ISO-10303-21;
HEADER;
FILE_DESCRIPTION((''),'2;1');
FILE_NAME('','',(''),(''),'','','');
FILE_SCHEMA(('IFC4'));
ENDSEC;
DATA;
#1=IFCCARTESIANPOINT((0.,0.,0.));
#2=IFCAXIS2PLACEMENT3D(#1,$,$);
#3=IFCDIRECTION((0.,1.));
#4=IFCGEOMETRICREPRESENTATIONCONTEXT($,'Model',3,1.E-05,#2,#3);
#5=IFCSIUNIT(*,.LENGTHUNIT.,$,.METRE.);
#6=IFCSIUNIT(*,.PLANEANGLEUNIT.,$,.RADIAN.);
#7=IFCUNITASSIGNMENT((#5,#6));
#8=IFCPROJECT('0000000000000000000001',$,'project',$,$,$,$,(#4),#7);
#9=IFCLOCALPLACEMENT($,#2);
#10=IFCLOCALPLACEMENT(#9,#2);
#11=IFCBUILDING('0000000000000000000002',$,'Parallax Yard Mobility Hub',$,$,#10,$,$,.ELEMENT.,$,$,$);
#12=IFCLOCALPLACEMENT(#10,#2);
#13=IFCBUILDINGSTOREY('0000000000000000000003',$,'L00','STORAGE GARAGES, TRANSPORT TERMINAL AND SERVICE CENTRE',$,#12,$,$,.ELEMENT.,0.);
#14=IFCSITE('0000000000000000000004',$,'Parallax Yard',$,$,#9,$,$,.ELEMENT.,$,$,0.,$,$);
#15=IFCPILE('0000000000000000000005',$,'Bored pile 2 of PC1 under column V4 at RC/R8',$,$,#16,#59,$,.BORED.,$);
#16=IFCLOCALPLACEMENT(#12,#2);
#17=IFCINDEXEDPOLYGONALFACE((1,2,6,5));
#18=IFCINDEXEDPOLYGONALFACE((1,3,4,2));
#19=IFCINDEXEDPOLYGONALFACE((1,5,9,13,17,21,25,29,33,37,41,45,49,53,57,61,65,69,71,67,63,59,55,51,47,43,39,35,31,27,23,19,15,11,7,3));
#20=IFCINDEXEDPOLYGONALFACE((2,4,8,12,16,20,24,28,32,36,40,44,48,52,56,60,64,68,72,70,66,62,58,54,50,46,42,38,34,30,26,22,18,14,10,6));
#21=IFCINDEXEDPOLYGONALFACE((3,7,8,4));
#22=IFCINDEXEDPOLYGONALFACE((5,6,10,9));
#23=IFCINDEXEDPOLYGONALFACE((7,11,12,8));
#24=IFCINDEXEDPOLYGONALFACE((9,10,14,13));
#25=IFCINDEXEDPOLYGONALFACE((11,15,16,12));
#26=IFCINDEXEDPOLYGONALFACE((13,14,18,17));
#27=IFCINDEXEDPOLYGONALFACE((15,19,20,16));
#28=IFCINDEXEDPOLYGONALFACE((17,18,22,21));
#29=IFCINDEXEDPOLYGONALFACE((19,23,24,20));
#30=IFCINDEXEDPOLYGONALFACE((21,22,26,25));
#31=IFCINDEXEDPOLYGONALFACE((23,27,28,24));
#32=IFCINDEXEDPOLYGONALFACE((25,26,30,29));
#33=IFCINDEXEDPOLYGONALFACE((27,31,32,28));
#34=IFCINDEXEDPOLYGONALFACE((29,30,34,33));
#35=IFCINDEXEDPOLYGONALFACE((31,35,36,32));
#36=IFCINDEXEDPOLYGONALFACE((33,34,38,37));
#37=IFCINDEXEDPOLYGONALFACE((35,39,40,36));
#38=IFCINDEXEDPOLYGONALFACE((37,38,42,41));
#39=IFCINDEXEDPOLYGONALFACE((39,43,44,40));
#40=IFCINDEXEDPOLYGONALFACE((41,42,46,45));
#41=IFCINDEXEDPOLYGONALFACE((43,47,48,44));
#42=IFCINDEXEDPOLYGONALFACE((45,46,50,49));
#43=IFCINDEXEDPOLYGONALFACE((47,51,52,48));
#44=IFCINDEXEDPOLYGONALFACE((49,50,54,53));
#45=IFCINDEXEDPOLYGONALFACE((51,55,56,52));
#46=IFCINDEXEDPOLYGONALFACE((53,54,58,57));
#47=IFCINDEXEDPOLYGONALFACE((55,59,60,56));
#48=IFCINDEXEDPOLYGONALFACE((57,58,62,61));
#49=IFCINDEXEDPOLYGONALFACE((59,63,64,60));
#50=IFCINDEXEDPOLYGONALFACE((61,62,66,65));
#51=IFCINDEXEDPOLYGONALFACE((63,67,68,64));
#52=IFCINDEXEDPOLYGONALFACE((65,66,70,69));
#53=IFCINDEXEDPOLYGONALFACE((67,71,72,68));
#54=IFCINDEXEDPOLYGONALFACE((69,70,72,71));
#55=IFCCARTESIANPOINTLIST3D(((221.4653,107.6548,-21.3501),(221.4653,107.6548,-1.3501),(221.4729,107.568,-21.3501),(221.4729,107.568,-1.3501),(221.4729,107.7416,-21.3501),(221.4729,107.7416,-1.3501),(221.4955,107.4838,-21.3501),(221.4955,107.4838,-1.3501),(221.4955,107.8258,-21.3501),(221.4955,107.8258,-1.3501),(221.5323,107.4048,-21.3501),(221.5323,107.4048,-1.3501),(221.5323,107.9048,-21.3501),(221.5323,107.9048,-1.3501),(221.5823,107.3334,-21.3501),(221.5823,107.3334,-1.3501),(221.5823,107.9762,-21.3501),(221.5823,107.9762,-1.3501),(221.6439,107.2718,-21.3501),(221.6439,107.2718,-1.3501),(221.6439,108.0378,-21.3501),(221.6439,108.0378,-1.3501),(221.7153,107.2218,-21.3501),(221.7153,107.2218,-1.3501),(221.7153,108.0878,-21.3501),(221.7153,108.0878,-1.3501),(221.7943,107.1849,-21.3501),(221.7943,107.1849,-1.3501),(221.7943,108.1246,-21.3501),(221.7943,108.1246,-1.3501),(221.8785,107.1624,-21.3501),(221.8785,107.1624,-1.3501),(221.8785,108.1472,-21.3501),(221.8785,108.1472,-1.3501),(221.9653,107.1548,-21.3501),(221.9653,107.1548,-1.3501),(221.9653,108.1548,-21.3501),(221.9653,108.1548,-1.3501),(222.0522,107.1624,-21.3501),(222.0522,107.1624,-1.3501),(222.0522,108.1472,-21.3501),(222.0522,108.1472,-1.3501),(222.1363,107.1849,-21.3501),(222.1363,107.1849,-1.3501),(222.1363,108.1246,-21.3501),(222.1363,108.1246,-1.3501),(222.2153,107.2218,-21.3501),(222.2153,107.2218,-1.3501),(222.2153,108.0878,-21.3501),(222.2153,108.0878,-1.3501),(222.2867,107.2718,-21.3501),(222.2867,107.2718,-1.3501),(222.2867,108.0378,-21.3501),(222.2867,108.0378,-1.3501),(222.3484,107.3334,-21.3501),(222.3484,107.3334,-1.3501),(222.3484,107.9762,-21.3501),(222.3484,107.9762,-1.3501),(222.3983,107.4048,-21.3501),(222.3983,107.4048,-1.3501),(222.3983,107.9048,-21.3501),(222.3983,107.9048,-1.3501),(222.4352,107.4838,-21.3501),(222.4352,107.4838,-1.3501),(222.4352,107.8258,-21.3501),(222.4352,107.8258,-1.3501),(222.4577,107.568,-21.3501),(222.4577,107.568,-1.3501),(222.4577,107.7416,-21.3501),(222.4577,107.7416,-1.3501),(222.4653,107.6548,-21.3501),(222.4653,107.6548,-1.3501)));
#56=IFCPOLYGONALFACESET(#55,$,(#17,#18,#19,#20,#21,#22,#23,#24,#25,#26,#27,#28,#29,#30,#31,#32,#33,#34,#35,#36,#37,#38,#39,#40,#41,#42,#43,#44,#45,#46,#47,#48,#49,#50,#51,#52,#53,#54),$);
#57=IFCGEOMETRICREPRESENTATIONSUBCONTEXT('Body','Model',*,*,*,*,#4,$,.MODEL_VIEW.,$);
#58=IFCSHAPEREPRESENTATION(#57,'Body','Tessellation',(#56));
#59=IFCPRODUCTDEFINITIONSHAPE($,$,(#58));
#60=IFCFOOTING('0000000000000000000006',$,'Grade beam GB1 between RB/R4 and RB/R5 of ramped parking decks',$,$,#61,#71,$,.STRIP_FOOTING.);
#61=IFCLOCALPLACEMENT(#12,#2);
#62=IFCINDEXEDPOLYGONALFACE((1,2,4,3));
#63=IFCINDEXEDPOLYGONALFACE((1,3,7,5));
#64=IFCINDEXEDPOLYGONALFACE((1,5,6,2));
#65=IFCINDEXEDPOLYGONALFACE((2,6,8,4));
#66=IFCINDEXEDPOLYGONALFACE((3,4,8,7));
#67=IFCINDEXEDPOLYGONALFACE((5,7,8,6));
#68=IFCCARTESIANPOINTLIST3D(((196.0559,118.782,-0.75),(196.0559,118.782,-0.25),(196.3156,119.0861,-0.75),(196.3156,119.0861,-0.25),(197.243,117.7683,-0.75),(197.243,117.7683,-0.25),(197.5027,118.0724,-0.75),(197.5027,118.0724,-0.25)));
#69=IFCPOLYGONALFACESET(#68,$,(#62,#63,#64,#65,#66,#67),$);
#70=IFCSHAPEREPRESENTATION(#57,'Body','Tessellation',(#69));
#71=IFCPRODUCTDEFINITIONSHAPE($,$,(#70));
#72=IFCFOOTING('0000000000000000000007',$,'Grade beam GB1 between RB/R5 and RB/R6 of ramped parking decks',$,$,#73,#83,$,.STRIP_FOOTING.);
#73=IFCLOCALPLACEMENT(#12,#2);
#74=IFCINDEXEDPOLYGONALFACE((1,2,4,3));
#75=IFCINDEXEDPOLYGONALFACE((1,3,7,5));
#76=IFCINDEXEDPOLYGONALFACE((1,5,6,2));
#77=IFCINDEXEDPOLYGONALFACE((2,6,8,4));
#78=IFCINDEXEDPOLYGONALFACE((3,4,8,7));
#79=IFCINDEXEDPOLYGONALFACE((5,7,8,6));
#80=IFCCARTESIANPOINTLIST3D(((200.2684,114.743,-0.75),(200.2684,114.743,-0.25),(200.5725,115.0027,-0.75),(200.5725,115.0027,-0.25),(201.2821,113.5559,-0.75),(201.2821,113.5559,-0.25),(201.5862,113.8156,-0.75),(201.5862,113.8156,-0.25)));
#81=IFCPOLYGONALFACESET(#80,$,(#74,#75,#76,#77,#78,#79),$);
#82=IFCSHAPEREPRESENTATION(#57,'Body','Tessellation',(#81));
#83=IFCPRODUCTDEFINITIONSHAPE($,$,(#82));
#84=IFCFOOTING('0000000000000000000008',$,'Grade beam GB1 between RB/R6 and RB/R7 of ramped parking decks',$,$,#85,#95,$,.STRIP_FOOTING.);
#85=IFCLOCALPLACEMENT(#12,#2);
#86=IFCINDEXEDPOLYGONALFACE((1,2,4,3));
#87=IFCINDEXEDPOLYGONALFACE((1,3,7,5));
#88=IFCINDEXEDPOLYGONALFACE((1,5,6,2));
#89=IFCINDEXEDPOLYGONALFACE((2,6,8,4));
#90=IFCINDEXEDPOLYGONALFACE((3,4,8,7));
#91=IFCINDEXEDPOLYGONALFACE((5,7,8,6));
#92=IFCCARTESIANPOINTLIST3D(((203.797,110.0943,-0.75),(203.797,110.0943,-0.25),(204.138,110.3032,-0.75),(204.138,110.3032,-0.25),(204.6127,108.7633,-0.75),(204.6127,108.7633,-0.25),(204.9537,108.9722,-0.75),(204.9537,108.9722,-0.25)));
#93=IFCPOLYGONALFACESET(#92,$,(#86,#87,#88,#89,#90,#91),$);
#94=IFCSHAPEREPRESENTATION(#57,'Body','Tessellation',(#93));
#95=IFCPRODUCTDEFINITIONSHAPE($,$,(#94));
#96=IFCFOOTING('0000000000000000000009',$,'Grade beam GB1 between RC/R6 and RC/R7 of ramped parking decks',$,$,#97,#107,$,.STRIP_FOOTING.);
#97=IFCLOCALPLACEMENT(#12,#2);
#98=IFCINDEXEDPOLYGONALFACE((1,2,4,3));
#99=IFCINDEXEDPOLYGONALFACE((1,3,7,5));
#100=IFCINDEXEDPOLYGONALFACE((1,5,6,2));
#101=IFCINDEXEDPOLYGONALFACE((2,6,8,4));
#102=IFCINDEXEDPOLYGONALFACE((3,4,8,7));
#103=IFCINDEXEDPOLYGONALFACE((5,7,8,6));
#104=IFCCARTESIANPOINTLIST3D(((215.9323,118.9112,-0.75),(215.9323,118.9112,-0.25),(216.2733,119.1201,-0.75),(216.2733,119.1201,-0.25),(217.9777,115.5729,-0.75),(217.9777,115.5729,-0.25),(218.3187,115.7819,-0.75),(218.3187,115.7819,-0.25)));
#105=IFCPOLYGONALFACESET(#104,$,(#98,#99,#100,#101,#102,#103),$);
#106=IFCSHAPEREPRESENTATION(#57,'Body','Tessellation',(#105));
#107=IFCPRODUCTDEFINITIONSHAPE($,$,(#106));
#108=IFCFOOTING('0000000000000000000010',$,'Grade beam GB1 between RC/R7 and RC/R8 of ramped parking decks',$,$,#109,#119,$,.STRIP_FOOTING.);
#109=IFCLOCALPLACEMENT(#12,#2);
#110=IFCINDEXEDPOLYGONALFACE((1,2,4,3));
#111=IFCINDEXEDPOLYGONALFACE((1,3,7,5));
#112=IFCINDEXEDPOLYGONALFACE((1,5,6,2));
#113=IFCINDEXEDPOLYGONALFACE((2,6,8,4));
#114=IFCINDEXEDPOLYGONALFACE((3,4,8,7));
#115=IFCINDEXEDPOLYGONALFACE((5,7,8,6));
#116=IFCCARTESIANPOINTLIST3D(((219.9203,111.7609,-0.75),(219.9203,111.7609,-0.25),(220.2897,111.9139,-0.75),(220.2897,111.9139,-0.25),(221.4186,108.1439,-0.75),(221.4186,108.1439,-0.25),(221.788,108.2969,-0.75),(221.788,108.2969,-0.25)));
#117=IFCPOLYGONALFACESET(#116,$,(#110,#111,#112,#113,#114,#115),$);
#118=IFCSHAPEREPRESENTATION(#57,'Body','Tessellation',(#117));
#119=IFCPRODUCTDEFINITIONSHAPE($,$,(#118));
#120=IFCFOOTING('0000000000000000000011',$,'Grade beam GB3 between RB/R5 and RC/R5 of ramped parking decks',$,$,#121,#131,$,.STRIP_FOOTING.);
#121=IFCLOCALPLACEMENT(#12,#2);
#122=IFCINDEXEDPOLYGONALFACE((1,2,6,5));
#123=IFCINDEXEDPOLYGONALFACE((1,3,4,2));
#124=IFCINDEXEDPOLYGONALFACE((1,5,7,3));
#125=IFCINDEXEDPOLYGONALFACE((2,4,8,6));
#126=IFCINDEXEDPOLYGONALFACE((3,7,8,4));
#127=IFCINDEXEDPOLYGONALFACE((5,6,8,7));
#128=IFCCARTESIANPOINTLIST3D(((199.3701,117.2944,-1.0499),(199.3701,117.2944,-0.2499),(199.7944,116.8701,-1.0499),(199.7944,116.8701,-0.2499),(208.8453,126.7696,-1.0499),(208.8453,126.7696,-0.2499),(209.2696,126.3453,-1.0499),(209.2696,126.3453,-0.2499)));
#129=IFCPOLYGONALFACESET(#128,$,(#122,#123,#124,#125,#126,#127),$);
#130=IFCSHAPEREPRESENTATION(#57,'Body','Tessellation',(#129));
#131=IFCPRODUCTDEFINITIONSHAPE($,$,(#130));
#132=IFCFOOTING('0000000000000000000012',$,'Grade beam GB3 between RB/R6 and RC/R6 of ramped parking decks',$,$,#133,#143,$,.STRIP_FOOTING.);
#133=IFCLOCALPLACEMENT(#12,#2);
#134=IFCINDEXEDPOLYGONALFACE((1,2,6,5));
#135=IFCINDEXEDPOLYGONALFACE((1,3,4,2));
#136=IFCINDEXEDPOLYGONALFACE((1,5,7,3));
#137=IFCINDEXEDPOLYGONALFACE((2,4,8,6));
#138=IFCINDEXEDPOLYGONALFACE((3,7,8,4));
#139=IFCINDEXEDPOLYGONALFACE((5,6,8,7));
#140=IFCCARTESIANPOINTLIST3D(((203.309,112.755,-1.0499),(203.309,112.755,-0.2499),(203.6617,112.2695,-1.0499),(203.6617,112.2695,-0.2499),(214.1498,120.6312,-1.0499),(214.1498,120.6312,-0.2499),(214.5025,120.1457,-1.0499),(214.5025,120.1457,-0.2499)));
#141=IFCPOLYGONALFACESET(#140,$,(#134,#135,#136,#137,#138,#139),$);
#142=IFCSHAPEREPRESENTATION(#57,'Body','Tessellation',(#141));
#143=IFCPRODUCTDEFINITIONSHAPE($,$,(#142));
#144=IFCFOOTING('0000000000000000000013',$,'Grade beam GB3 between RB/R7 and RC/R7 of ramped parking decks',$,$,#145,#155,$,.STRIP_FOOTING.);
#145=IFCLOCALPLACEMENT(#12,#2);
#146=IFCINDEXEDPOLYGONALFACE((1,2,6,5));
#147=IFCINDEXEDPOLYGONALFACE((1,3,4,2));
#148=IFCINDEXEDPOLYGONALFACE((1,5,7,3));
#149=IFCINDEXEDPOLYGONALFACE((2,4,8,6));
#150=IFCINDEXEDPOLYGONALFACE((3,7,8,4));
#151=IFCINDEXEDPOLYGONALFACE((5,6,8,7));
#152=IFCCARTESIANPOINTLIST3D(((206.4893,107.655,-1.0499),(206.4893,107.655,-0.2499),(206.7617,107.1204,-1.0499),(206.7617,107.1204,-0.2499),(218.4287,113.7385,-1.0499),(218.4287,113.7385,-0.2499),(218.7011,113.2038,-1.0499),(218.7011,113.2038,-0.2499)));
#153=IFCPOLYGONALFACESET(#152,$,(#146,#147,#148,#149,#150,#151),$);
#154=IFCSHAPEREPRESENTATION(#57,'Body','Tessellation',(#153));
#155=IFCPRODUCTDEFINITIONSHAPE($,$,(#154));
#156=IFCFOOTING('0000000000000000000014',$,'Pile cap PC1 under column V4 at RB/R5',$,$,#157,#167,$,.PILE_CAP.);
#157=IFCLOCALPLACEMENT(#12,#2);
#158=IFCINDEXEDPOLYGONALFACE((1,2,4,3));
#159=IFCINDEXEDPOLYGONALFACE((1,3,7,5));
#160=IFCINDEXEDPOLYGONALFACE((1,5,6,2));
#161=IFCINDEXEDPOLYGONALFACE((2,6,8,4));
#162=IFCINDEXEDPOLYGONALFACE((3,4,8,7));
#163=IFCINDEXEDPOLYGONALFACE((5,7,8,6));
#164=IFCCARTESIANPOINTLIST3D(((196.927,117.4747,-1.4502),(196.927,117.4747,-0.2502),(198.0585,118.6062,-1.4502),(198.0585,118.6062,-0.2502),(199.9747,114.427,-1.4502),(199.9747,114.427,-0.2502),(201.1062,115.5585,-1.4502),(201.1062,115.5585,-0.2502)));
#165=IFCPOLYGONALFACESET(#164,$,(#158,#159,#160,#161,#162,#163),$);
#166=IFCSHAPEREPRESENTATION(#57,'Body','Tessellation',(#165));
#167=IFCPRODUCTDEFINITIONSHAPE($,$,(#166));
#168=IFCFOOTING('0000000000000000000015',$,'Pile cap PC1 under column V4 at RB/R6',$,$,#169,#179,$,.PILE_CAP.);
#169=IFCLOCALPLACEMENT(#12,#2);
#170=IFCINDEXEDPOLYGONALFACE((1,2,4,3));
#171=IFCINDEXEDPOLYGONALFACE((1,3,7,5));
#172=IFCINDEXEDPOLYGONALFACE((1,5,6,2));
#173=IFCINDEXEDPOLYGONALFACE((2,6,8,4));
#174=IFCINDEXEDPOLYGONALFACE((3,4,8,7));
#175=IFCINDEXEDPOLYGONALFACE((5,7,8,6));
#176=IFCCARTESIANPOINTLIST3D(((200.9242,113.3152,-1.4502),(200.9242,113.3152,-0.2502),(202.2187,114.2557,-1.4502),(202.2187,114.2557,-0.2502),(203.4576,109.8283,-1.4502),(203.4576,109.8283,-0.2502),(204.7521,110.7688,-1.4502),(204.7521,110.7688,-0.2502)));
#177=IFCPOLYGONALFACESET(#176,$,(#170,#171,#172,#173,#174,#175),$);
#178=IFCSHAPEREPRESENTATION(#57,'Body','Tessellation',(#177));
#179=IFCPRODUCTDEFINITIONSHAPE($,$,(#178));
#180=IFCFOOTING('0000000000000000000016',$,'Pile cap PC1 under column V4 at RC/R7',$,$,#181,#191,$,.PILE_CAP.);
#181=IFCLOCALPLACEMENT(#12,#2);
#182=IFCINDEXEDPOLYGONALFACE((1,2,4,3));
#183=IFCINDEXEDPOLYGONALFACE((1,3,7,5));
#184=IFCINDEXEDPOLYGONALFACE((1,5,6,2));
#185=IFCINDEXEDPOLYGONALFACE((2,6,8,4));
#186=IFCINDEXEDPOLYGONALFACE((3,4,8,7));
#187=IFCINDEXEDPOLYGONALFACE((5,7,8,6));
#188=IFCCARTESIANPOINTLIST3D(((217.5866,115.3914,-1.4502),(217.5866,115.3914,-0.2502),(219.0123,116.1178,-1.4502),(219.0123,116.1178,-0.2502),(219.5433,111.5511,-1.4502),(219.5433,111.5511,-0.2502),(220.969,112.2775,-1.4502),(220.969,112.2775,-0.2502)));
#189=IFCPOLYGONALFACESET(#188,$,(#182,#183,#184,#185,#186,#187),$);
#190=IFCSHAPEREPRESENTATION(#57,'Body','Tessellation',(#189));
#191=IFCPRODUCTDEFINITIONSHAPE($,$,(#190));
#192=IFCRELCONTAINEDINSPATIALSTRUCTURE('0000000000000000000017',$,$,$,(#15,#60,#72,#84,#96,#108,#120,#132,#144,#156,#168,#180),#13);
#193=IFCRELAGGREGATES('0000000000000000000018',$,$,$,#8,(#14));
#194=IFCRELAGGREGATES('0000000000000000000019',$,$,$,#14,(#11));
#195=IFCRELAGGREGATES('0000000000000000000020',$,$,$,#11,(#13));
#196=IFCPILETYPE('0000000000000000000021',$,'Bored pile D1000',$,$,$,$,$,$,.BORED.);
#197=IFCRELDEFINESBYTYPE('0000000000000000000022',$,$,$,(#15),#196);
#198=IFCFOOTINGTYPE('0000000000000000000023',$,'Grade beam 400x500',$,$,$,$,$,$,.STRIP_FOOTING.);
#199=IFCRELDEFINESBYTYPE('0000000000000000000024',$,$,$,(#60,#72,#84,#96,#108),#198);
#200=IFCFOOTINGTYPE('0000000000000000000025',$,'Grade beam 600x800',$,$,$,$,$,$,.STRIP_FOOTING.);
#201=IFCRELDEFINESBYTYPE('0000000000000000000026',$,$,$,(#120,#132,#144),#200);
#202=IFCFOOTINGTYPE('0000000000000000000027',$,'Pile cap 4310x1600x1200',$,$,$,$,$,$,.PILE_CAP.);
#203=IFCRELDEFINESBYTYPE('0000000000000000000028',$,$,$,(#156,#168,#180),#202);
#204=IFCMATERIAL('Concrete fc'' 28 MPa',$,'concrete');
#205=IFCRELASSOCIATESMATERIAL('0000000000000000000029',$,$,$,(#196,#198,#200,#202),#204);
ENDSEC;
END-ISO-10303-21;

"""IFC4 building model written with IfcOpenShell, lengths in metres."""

from ifc_helpers import new_model, si_unit, direction, frame, origin, origin_2d, place, context, subcontext, project, spatial, rectangle, circle, extrude, material, material_profile, profile_set, type_object, element, save


model = new_model("IFC4")

# Units and contexts
model_context = context("Model", 3, precision=1e-05, world=origin(), true_north=direction((0.0, 1.0)))
body_context = subcontext(model_context, "Body", "Model", "MODEL_VIEW")
ifc_project = project(units=[si_unit("LENGTHUNIT", "METRE"), si_unit("PLANEANGLEUNIT", "RADIAN")], contexts=[model_context])

# Site, building, storey
site_placement = place(None, origin())
site = spatial("IfcSite", under=ifc_project, at=site_placement, Name="Parallax Yard", CompositionType="ELEMENT", RefElevation=0.0)
building_placement = place(site_placement, origin())
building = spatial("IfcBuilding", under=site, at=building_placement, Name="Parallax Yard Mobility Hub", CompositionType="ELEMENT")
storey_placement = place(building_placement, origin())
storey = spatial("IfcBuildingStorey", under=building, at=storey_placement, Name="L00", Description="STORAGE GARAGES, TRANSPORT TERMINAL AND SERVICE CENTRE", CompositionType="ELEMENT", Elevation=0.0)

# Pile
ifc_material_1 = material(Name="Concrete fc' 28 MPa", Category="concrete")
ifc_material_profile_1 = material_profile(ifc_material_1, circle(Radius=0.5, at=origin_2d()), Name="Bored pile D1000")
ifc_profile_set_1 = profile_set([ifc_material_profile_1], Name="Concrete fc' 28 MPa")
pile_type = type_object("IfcPileType", Name="Bored pile D1000", PredefinedType="BORED", material=ifc_profile_set_1)
for number, where, z_axis, x_axis, name in (
    (1, (221.9653, 107.6548, -1.3501), (0.0, 0.0, -1.0), (1.0, 0.0, 0.0), "Bored pile 2 of PC1 under column V4 at RC/R8"),
):
    element("IfcPile", number, at=place(storey_placement, frame(where, z_axis=z_axis, x_axis=x_axis)), inside=storey, type_object=pile_type, Name=name, PredefinedType="BORED", context=body_context, shape_type="SweptSolid", body=[
        extrude(circle(Radius=0.5, at=origin_2d()), origin(), (0.0, 0.0, 1.0), 20.0),
    ])

# Footings
ifc_material_profile_2 = material_profile(ifc_material_1, rectangle(XDim=0.3999, YDim=0.5, at=origin_2d()), Name="Grade beam 400x500")
ifc_profile_set_2 = profile_set([ifc_material_profile_2], Name="Concrete fc' 28 MPa")
footing_type_1 = type_object("IfcFootingType", Name="Grade beam 400x500", PredefinedType="STRIP_FOOTING", material=ifc_profile_set_2)
for number, where, z_axis, x_axis, name in (
    (2, (196.1858, 118.9341, -0.5), (0.760448, -0.649399, 0.0), (0.649399, 0.760448, 0.0), "Grade beam GB1 between RB/R4 and RB/R5 of ramped parking decks"),
    (3, (200.4204, 114.8728, -0.5), (0.649399, -0.760448, 0.0), (0.760448, 0.649399, 0.0), "Grade beam GB1 between RB/R5 and RB/R6 of ramped parking decks"),
    (4, (203.9675, 110.1987, -0.5), (0.5225, -0.852639, 0.0), (0.852639, 0.5225, 0.0), "Grade beam GB1 between RB/R6 and RB/R7 of ramped parking decks"),
):
    element("IfcFooting", number, at=place(storey_placement, frame(where, z_axis=z_axis, x_axis=x_axis)), inside=storey, type_object=footing_type_1, Name=name, PredefinedType="STRIP_FOOTING", context=body_context, shape_type="SweptSolid", body=[
        extrude(rectangle(XDim=0.3999, YDim=0.5, at=origin_2d()), origin(), (0.0, 0.0, 1.0), 1.561),
    ])
for number, where, z_axis, x_axis, name in (
    (5, (216.1028, 119.0156, -0.5), (0.522461, -0.852663, 0.0), (0.852663, 0.522461, 0.0), "Grade beam GB1 between RC/R6 and RC/R7 of ramped parking decks"),
    (6, (220.105, 111.8374, -0.5), (0.382706, -0.92387, 0.0), (0.92387, 0.382706, 0.0), "Grade beam GB1 between RC/R7 and RC/R8 of ramped parking decks"),
):
    element("IfcFooting", number, at=place(storey_placement, frame(where, z_axis=z_axis, x_axis=x_axis)), inside=storey, type_object=footing_type_1, Name=name, PredefinedType="STRIP_FOOTING", context=body_context, shape_type="SweptSolid", body=[
        extrude(rectangle(XDim=0.3999, YDim=0.5, at=origin_2d()), origin(), (0.0, 0.0, 1.0), 3.915),
    ])
ifc_material_profile_3 = material_profile(ifc_material_1, rectangle(XDim=0.6001, YDim=0.8, at=origin_2d()), Name="Grade beam 600x800")
ifc_profile_set_3 = profile_set([ifc_material_profile_3], Name="Concrete fc' 28 MPa")
footing_type_2 = type_object("IfcFootingType", Name="Grade beam 600x800", PredefinedType="STRIP_FOOTING", material=ifc_profile_set_3)
for number, where, z_axis, x_axis, name in (
    (7, (199.5823, 117.0823, -0.6499), (0.707107, 0.707107, 0.0), (-0.707107, 0.707107, 0.0), "Grade beam GB3 between RB/R5 and RC/R5 of ramped parking decks"),
    (8, (203.4854, 112.5122, -0.6499), (0.80902, 0.587781, 0.0), (-0.587781, 0.80902, 0.0), "Grade beam GB3 between RB/R6 and RC/R6 of ramped parking decks"),
    (9, (206.6255, 107.3877, -0.6499), (0.891005, 0.453993, 0.0), (-0.453993, 0.891005, 0.0), "Grade beam GB3 between RB/R7 and RC/R7 of ramped parking decks"),
):
    element("IfcFooting", number, at=place(storey_placement, frame(where, z_axis=z_axis, x_axis=x_axis)), inside=storey, type_object=footing_type_2, Name=name, PredefinedType="STRIP_FOOTING", context=body_context, shape_type="SweptSolid", body=[
        extrude(rectangle(XDim=0.6001, YDim=0.8, at=origin_2d()), origin(), (0.0, 0.0, 1.0), 13.3999),
    ])
footing_type_3 = type_object("IfcFootingType", Name="Pile cap 4310x1600x1200", PredefinedType="PILE_CAP", material=ifc_material_1)
for number, where, z_axis, x_axis, name in (
    (10, (199.0166, 116.5166, -1.4502), (0.0, 0.0, 1.0), (-0.707107, 0.707107, 0.0), "Pile cap PC1 under column V4 at RB/R5"),
    (11, (202.8381, 112.042, -1.4502), (0.0, 0.0, 1.0), (-0.587785, 0.809017, 0.0), "Pile cap PC1 under column V4 at RB/R6"),
    (12, (219.2778, 113.8345, -1.4502), (0.0, 0.0, 1.0), (-0.45399, 0.891007, 0.0), "Pile cap PC1 under column V4 at RC/R7"),
):
    element("IfcFooting", number, at=place(storey_placement, frame(where, z_axis=z_axis, x_axis=x_axis)), inside=storey, type_object=footing_type_3, Name=name, PredefinedType="PILE_CAP", context=body_context, shape_type="SweptSolid", body=[
        extrude(rectangle(XDim=4.3101, YDim=1.6001, at=origin_2d()), origin(), (0.0, 0.0, 1.0), 1.2),
    ])

save(model, "model.ifc")
